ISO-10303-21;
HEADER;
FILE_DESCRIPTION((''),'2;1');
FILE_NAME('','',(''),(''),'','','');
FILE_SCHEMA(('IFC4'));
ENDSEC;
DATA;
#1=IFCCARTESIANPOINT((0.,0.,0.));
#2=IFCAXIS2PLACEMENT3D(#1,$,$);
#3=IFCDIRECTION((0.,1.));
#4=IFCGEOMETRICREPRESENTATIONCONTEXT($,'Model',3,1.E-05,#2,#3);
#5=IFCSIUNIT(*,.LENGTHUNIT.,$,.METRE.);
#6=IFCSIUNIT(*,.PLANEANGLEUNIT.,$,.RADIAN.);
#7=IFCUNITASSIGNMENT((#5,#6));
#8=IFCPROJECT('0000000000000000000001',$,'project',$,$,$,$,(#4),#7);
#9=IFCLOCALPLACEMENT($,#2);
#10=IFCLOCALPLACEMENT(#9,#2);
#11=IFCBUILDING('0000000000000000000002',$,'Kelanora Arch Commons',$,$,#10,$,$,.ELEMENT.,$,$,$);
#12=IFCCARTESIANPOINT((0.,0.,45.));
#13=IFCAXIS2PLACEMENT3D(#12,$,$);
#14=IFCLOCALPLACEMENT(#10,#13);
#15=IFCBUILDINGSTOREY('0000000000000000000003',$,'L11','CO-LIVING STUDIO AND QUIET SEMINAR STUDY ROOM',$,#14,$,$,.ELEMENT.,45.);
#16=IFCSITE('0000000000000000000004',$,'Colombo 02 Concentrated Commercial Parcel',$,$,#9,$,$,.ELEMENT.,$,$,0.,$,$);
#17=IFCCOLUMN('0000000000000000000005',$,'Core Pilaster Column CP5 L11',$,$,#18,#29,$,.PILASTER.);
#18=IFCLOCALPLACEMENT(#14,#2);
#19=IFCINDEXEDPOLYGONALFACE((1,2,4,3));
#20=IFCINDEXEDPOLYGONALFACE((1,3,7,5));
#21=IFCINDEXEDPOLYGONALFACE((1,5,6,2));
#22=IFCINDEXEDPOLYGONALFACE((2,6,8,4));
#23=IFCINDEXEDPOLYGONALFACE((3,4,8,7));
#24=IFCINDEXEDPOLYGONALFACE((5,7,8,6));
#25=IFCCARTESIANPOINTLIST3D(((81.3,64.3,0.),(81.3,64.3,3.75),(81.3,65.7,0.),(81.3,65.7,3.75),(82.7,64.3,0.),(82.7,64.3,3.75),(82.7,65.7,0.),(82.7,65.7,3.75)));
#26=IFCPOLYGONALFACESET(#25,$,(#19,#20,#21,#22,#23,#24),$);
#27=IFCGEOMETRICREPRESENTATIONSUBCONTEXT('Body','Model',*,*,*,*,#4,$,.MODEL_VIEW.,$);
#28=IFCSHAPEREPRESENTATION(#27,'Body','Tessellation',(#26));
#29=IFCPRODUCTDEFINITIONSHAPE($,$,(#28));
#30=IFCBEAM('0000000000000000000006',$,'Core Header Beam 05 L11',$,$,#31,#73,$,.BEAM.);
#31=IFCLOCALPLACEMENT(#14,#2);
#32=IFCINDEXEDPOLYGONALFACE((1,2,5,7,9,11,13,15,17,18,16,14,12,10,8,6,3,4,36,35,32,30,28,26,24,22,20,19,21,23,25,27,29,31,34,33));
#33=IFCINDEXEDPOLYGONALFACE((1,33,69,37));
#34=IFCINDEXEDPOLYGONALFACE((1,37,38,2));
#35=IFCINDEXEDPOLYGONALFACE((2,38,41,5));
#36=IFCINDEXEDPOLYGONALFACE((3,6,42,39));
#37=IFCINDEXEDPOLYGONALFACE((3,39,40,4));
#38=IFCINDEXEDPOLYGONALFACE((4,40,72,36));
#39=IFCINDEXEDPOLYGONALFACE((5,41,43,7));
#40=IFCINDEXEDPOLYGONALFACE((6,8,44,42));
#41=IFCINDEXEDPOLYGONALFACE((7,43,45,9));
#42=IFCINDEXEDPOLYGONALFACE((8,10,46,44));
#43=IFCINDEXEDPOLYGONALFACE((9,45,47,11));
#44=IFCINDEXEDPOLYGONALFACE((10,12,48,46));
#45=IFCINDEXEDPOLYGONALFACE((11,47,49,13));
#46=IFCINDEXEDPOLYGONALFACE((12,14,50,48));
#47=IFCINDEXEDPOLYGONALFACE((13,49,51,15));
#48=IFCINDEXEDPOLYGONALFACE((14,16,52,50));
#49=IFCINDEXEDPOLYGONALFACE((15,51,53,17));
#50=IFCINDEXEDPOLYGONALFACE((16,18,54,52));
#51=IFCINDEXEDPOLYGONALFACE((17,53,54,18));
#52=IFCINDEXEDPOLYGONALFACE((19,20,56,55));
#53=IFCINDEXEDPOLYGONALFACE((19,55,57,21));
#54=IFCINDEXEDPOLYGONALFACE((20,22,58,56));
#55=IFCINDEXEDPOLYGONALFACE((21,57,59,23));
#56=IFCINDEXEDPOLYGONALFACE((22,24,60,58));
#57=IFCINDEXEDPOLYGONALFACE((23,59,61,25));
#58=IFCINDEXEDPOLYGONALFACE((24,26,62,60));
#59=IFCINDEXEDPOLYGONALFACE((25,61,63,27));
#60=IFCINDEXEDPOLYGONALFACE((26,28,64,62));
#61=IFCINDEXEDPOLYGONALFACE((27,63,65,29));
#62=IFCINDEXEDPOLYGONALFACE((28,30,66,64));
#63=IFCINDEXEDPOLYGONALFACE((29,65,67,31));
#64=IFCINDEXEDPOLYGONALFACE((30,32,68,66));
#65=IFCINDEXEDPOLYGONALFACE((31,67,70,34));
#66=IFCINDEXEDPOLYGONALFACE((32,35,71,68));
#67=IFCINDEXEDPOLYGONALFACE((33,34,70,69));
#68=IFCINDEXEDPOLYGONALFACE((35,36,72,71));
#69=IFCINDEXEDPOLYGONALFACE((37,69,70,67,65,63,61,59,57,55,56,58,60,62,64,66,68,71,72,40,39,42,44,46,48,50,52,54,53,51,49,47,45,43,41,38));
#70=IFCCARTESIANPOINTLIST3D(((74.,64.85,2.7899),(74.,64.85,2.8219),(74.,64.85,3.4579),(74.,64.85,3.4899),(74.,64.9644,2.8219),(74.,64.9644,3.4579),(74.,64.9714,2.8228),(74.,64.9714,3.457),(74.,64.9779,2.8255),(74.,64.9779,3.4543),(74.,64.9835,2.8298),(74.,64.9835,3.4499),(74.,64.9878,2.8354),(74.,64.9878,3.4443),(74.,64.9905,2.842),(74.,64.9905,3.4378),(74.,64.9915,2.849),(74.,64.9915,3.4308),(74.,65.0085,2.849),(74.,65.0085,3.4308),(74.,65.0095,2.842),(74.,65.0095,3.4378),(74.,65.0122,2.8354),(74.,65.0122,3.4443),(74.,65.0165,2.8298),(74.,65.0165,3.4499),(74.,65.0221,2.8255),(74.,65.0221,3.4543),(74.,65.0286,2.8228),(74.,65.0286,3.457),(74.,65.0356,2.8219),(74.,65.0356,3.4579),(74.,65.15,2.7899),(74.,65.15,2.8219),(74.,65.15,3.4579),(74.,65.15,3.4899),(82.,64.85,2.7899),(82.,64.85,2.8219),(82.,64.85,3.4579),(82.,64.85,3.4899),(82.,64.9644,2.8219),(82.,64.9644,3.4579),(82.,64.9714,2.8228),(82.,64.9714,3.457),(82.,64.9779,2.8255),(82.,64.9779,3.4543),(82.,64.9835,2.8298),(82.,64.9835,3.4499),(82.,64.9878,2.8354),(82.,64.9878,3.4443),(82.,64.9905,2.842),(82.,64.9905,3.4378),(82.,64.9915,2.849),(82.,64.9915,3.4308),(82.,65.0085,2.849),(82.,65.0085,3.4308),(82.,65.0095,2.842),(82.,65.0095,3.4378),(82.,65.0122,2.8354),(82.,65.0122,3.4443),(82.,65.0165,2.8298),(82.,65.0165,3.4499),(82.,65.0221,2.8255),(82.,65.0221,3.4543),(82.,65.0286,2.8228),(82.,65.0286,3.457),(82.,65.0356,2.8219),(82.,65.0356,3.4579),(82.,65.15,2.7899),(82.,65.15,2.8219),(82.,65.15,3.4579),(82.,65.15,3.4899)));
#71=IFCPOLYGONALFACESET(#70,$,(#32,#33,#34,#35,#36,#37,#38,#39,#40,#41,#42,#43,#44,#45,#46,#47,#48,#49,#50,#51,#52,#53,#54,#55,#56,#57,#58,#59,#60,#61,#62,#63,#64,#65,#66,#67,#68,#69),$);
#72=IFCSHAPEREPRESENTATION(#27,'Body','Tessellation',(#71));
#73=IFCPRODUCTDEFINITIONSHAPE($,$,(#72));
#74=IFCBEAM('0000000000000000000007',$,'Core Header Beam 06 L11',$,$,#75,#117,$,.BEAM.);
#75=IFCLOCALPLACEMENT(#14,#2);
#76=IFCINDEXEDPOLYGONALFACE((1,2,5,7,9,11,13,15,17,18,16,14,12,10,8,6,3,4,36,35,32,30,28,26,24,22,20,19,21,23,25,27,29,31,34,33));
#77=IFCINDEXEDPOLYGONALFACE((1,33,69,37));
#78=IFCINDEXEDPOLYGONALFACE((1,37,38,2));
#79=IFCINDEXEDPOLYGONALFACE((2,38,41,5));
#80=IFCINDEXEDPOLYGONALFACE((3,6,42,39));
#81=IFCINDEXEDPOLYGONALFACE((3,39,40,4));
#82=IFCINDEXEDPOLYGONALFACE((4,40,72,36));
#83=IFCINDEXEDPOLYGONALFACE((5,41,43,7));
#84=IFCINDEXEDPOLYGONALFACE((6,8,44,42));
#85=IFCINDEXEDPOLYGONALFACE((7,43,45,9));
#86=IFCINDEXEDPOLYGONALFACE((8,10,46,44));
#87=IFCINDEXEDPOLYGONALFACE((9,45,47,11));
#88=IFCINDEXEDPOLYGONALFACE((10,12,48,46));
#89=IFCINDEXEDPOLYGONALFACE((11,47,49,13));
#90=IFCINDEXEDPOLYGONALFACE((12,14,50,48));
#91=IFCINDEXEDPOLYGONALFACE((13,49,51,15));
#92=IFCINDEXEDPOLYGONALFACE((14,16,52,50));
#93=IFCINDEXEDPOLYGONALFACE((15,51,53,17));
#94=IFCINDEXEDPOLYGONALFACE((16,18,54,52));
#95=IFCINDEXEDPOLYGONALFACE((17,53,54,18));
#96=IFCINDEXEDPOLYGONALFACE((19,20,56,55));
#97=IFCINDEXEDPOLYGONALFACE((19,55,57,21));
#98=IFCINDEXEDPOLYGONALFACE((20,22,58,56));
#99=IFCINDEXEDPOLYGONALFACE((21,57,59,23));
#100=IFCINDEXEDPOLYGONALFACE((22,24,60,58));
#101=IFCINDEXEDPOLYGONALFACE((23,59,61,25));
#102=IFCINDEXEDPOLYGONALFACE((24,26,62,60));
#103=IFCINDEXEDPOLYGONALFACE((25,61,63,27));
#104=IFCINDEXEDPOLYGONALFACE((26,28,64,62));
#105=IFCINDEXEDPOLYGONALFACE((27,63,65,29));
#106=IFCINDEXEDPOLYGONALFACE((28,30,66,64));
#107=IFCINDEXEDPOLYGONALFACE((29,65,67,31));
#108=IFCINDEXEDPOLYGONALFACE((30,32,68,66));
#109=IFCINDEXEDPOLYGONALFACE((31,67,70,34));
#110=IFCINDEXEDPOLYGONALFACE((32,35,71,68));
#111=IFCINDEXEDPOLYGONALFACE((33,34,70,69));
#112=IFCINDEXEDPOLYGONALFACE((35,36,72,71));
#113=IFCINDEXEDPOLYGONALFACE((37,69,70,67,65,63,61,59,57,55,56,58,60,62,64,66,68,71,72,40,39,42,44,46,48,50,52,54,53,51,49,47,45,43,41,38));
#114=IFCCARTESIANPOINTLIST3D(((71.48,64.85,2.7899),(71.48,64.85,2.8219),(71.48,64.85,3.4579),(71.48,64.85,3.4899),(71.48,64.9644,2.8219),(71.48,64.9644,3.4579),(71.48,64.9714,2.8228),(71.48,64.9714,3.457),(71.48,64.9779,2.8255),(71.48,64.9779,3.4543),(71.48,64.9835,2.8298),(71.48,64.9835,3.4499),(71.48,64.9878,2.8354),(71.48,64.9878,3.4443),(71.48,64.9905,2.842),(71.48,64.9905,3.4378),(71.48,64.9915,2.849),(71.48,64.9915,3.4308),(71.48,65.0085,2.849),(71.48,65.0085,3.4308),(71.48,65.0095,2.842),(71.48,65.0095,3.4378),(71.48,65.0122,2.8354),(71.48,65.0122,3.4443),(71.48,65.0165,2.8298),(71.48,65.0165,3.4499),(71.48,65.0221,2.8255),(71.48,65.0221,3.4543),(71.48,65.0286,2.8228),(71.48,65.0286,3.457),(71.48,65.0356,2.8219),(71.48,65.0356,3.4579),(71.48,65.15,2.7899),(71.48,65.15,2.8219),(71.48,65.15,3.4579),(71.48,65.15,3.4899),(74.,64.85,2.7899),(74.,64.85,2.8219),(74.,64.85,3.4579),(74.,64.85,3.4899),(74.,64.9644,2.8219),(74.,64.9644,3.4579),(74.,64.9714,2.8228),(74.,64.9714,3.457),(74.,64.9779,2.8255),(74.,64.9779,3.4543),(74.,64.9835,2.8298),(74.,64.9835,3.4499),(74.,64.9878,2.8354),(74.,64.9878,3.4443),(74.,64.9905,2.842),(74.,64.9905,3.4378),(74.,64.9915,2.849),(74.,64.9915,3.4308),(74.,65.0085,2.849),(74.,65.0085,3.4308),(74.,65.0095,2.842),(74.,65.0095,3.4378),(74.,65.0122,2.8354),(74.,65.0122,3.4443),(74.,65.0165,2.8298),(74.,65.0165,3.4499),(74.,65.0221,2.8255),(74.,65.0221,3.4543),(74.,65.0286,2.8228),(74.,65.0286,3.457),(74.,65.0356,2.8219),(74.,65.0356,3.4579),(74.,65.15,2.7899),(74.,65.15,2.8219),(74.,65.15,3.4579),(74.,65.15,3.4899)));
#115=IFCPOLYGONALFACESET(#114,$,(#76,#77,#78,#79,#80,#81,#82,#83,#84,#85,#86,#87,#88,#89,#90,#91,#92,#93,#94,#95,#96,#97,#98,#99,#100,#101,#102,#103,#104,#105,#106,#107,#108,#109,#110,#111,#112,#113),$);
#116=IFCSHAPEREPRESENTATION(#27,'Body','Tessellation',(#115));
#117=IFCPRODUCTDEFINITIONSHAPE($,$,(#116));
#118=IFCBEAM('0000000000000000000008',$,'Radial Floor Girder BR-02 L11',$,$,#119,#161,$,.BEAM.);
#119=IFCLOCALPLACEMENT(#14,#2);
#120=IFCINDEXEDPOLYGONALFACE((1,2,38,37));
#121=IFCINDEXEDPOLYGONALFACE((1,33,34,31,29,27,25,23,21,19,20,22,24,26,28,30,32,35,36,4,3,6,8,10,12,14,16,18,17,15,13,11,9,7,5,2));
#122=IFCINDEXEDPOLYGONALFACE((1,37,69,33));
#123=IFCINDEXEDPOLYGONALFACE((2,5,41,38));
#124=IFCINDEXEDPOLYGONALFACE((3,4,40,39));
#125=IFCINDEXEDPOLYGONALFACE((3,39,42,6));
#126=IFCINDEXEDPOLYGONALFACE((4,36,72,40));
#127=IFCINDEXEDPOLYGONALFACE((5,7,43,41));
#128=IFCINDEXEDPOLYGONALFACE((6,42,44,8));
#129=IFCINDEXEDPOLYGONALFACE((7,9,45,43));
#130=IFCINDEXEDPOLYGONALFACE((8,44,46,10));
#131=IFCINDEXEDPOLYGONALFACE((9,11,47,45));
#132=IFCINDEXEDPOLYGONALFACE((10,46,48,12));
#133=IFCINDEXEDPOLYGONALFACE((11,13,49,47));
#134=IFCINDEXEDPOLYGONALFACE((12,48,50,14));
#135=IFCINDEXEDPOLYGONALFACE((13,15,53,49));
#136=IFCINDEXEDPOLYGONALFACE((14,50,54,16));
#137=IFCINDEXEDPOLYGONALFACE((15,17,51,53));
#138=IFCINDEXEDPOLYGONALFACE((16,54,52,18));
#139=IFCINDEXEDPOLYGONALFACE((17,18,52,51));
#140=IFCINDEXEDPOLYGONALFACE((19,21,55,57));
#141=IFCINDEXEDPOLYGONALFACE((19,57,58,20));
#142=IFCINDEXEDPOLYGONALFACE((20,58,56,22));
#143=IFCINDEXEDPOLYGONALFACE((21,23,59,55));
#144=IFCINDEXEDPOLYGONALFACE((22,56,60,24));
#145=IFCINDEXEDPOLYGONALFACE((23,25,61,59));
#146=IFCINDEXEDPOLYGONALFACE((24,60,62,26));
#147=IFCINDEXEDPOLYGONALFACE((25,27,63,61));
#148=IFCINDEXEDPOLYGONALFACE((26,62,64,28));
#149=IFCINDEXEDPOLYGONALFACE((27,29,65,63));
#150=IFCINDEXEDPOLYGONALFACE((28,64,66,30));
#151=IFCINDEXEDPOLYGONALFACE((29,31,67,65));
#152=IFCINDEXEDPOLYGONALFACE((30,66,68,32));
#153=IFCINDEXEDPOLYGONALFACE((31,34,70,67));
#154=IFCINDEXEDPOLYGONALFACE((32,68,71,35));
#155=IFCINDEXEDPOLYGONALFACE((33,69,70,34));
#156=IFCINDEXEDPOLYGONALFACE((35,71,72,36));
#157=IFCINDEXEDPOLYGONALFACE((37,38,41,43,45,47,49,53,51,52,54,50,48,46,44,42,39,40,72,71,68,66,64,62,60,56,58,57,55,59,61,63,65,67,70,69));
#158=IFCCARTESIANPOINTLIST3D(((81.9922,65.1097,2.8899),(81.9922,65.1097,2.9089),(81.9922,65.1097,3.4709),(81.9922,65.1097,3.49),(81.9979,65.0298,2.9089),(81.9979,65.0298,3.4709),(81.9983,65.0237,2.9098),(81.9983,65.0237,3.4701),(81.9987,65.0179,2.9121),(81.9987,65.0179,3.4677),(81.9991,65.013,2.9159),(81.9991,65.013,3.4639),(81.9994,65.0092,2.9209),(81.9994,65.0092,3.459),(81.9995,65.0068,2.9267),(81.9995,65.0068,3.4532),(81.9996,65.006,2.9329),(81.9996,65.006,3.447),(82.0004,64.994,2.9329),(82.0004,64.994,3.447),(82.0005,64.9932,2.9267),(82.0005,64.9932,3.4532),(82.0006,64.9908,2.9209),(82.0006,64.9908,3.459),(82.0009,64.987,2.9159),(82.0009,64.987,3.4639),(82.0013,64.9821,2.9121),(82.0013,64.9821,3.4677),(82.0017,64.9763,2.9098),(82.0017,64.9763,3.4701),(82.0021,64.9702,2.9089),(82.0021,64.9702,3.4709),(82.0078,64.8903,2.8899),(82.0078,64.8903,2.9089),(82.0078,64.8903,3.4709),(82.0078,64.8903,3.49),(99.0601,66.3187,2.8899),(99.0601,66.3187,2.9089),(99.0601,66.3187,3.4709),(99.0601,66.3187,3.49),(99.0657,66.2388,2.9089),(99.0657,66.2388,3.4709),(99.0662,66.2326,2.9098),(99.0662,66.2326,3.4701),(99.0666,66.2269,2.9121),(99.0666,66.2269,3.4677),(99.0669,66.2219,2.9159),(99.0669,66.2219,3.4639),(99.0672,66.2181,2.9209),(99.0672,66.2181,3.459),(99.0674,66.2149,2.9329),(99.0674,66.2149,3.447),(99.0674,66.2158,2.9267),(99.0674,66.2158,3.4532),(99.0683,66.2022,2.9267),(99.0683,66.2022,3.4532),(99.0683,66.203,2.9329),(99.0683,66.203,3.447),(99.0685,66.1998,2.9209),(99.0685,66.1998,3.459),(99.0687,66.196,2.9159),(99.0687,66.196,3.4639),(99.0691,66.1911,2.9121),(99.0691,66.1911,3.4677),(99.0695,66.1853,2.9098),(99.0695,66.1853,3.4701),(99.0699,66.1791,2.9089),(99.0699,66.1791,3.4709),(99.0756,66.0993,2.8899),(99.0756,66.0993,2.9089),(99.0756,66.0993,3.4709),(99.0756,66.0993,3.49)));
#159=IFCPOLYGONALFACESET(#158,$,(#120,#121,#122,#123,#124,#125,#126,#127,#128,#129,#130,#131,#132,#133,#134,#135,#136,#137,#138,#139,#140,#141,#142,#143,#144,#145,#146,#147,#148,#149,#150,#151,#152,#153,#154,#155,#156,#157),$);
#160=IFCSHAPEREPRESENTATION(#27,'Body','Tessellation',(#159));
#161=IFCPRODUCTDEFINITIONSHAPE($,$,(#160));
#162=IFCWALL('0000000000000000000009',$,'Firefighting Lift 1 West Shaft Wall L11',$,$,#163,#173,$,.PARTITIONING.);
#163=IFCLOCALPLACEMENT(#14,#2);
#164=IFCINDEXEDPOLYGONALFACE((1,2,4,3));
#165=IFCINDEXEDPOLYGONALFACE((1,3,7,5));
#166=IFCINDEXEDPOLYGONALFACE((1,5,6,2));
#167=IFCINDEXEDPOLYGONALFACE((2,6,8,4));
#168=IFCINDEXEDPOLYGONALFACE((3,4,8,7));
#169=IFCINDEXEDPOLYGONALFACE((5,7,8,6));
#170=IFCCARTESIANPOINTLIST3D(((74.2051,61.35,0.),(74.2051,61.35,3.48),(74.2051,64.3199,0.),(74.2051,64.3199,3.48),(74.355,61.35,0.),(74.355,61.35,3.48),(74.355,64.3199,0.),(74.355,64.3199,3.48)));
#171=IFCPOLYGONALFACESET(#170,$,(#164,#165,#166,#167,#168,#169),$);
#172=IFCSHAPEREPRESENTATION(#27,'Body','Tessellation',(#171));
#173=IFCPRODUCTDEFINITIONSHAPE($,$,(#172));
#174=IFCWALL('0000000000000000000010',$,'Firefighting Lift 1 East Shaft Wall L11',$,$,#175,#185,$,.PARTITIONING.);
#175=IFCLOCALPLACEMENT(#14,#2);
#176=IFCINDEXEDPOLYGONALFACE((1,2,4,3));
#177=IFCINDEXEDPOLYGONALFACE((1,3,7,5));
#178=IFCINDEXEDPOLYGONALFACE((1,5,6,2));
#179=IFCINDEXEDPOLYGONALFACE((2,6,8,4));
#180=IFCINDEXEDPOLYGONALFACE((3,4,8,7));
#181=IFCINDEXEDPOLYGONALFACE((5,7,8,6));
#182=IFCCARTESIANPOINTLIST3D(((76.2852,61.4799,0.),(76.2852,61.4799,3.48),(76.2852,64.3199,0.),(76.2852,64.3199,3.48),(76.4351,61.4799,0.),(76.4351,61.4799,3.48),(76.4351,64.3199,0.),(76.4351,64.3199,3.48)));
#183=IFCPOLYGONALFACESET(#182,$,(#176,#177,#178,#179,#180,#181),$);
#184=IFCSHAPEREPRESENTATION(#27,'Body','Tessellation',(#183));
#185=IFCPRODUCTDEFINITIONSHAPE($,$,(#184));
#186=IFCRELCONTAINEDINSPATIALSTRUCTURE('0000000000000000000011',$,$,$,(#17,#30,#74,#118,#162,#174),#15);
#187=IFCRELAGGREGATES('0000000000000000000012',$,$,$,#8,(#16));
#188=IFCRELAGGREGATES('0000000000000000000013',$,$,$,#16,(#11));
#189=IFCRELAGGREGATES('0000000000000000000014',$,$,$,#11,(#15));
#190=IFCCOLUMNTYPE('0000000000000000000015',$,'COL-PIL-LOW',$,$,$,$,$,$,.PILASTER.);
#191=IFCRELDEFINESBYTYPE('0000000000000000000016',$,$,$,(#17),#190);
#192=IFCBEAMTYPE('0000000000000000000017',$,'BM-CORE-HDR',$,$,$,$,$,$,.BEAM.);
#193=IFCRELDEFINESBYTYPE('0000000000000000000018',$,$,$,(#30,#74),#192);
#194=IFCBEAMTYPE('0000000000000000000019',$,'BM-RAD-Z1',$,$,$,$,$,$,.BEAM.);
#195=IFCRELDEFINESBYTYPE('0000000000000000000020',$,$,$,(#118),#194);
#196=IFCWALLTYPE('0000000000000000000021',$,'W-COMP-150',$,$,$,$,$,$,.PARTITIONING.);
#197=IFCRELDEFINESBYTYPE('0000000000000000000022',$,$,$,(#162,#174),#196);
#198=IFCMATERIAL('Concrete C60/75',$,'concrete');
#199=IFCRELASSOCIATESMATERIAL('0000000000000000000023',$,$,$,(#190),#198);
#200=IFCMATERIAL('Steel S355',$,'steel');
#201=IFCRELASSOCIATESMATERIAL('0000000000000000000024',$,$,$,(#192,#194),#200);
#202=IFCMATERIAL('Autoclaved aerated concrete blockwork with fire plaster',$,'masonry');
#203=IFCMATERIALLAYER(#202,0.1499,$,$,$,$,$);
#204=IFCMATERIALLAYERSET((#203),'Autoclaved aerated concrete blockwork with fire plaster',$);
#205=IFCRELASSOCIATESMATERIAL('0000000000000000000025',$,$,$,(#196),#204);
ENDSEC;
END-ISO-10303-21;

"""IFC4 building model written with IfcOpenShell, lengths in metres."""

from ifc_helpers import new_model, si_unit, direction, frame, frame_2d, origin, origin_2d, place, context, subcontext, project, spatial, rectangle, i_section, extrude, material, layer, layer_set, material_profile, profile_set, type_object, element, save


model = new_model("IFC4")

# Units and contexts
model_context = context("Model", 3, precision=1e-05, world=origin(), true_north=direction((0.0, 1.0)))
body_context = subcontext(model_context, "Body", "Model", "MODEL_VIEW")
ifc_project = project(units=[si_unit("LENGTHUNIT", "METRE"), si_unit("PLANEANGLEUNIT", "RADIAN")], contexts=[model_context])

# Site, building, storey
site_placement = place(None, origin())
site = spatial("IfcSite", under=ifc_project, at=site_placement, Name="Colombo 02 Concentrated Commercial Parcel", CompositionType="ELEMENT", RefElevation=0.0)
building_placement = place(site_placement, origin())
building = spatial("IfcBuilding", under=site, at=building_placement, Name="Kelanora Arch Commons", CompositionType="ELEMENT")
storey_placement = place(building_placement, frame((0.0, 0.0, 45.0)))
storey = spatial("IfcBuildingStorey", under=building, at=storey_placement, Name="L11", Description="CO-LIVING STUDIO AND QUIET SEMINAR STUDY ROOM", CompositionType="ELEMENT", Elevation=45.0)

# Column
ifc_material_1 = material(Name="Concrete C60/75", Category="concrete")
ifc_material_profile_1 = material_profile(ifc_material_1, rectangle(XDim=1.3999, YDim=1.3999, at=origin_2d()), Name="RC1400x1400")
ifc_profile_set_1 = profile_set([ifc_material_profile_1], Name="Concrete C60/75")
column_type = type_object("IfcColumnType", Name="COL-PIL-LOW", PredefinedType="PILASTER", material=ifc_profile_set_1)
column_placement = place(storey_placement, frame((82.0, 65.0, 0.0), z_axis=(0.0, 0.0, 1.0), x_axis=(1.0, 0.0, 0.0)))
element("IfcColumn", 1, at=column_placement, inside=storey, type_object=column_type, Name="Core Pilaster Column CP5 L11", PredefinedType="PILASTER", context=body_context, shape_type="SweptSolid", body=[
    extrude(rectangle(XDim=1.3999, YDim=1.3999, at=origin_2d()), origin(), (0.0, 0.0, 1.0), 3.75),
])

# Beams
ifc_material_2 = material(Name="Steel S355", Category="steel")
ifc_material_profile_2 = material_profile(ifc_material_2, i_section(OverallWidth=0.3, OverallDepth=0.7, WebThickness=0.0171, FlangeThickness=0.032, FilletRadius=0.0271, at=origin_2d()), Name="HEB700")
ifc_profile_set_2 = profile_set([ifc_material_profile_2], Name="Steel S355")
beam_type_1 = type_object("IfcBeamType", Name="BM-CORE-HDR", PredefinedType="BEAM", material=ifc_profile_set_2)
beam_1_placement = place(storey_placement, frame((82.0, 65.0, 3.1399), z_axis=(-1.0, 0.0, 0.0), x_axis=(0.0, -1.0, 0.0)))
element("IfcBeam", 2, at=beam_1_placement, inside=storey, type_object=beam_type_1, Name="Core Header Beam 05 L11", PredefinedType="BEAM", context=body_context, shape_type="SweptSolid", body=[
    extrude(i_section(OverallWidth=0.3, OverallDepth=0.7, WebThickness=0.0171, FlangeThickness=0.032, FilletRadius=0.0271, at=origin_2d()), origin(), (0.0, 0.0, 1.0), 8.0),
])
beam_2_placement = place(storey_placement, frame((74.0, 65.0, 3.1399), z_axis=(-1.0, 0.0, 0.0), x_axis=(0.0, -1.0, 0.0)))
element("IfcBeam", 3, at=beam_2_placement, inside=storey, type_object=beam_type_1, Name="Core Header Beam 06 L11", PredefinedType="BEAM", context=body_context, shape_type="SweptSolid", body=[
    extrude(i_section(OverallWidth=0.3, OverallDepth=0.7, WebThickness=0.0171, FlangeThickness=0.032, FilletRadius=0.0271, at=origin_2d()), origin(), (0.0, 0.0, 1.0), 2.52),
])
ifc_material_profile_3 = material_profile(ifc_material_2, i_section(OverallWidth=0.22, OverallDepth=0.6001, WebThickness=0.012, FlangeThickness=0.019, FilletRadius=0.0239, at=origin_2d()), Name="IPE600")
ifc_profile_set_3 = profile_set([ifc_material_profile_3], Name="Steel S355")
beam_type_2 = type_object("IfcBeamType", Name="BM-RAD-Z1", PredefinedType="BEAM", material=ifc_profile_set_3)
beam_3_placement = place(storey_placement, frame((82.0, 65.0, 3.1899), z_axis=(0.997501, 0.070657, 0.0), x_axis=(-0.070657, 0.997501, 0.0)))
element("IfcBeam", 4, at=beam_3_placement, inside=storey, type_object=beam_type_2, Name="Radial Floor Girder BR-02 L11", PredefinedType="BEAM", context=body_context, shape_type="SweptSolid", body=[
    extrude(i_section(OverallWidth=0.22, OverallDepth=0.6001, WebThickness=0.012, FlangeThickness=0.019, FilletRadius=0.0239, at=origin_2d()), origin(), (0.0, 0.0, 1.0), 17.1106),
])

# Walls
ifc_material_3 = material(Name="Autoclaved aerated concrete blockwork with fire plaster", Category="masonry")
ifc_layer_1 = layer(ifc_material_3, 0.1499)
ifc_layer_set_1 = layer_set([ifc_layer_1], Name="Autoclaved aerated concrete blockwork with fire plaster")
wall_type_1 = type_object("IfcWallType", Name="W-COMP-150", PredefinedType="PARTITIONING", material=ifc_layer_set_1)
wall_1_placement = place(storey_placement, frame((74.28, 61.3501, 0.0), z_axis=(0.0, 0.0, 1.0), x_axis=(0.0, 1.0, 0.0)))
element("IfcWall", 5, at=wall_1_placement, inside=storey, type_object=wall_type_1, Name="Firefighting Lift 1 West Shaft Wall L11", PredefinedType="PARTITIONING", context=body_context, shape_type="SweptSolid", body=[
    extrude(rectangle(XDim=2.97, YDim=0.1499, at=frame_2d((1.4849, 0.0))), origin(), (0.0, 0.0, 1.0), 3.48),
])
for number, where, z_axis, x_axis, name in (
    (6, (76.3601, 61.48, 0.0), (0.0, 0.0, 1.0), (0.0, 1.0, 0.0), "Firefighting Lift 1 East Shaft Wall L11"),
):
    element("IfcWall", number, at=place(storey_placement, frame(where, z_axis=z_axis, x_axis=x_axis)), inside=storey, type_object=wall_type_1, Name=name, PredefinedType="PARTITIONING", context=body_context, shape_type="SweptSolid", body=[
        extrude(rectangle(XDim=2.8401, YDim=0.1499, at=frame_2d((1.4199, 0.0))), origin(), (0.0, 0.0, 1.0), 3.48),
    ])

save(model, "model.ifc")
